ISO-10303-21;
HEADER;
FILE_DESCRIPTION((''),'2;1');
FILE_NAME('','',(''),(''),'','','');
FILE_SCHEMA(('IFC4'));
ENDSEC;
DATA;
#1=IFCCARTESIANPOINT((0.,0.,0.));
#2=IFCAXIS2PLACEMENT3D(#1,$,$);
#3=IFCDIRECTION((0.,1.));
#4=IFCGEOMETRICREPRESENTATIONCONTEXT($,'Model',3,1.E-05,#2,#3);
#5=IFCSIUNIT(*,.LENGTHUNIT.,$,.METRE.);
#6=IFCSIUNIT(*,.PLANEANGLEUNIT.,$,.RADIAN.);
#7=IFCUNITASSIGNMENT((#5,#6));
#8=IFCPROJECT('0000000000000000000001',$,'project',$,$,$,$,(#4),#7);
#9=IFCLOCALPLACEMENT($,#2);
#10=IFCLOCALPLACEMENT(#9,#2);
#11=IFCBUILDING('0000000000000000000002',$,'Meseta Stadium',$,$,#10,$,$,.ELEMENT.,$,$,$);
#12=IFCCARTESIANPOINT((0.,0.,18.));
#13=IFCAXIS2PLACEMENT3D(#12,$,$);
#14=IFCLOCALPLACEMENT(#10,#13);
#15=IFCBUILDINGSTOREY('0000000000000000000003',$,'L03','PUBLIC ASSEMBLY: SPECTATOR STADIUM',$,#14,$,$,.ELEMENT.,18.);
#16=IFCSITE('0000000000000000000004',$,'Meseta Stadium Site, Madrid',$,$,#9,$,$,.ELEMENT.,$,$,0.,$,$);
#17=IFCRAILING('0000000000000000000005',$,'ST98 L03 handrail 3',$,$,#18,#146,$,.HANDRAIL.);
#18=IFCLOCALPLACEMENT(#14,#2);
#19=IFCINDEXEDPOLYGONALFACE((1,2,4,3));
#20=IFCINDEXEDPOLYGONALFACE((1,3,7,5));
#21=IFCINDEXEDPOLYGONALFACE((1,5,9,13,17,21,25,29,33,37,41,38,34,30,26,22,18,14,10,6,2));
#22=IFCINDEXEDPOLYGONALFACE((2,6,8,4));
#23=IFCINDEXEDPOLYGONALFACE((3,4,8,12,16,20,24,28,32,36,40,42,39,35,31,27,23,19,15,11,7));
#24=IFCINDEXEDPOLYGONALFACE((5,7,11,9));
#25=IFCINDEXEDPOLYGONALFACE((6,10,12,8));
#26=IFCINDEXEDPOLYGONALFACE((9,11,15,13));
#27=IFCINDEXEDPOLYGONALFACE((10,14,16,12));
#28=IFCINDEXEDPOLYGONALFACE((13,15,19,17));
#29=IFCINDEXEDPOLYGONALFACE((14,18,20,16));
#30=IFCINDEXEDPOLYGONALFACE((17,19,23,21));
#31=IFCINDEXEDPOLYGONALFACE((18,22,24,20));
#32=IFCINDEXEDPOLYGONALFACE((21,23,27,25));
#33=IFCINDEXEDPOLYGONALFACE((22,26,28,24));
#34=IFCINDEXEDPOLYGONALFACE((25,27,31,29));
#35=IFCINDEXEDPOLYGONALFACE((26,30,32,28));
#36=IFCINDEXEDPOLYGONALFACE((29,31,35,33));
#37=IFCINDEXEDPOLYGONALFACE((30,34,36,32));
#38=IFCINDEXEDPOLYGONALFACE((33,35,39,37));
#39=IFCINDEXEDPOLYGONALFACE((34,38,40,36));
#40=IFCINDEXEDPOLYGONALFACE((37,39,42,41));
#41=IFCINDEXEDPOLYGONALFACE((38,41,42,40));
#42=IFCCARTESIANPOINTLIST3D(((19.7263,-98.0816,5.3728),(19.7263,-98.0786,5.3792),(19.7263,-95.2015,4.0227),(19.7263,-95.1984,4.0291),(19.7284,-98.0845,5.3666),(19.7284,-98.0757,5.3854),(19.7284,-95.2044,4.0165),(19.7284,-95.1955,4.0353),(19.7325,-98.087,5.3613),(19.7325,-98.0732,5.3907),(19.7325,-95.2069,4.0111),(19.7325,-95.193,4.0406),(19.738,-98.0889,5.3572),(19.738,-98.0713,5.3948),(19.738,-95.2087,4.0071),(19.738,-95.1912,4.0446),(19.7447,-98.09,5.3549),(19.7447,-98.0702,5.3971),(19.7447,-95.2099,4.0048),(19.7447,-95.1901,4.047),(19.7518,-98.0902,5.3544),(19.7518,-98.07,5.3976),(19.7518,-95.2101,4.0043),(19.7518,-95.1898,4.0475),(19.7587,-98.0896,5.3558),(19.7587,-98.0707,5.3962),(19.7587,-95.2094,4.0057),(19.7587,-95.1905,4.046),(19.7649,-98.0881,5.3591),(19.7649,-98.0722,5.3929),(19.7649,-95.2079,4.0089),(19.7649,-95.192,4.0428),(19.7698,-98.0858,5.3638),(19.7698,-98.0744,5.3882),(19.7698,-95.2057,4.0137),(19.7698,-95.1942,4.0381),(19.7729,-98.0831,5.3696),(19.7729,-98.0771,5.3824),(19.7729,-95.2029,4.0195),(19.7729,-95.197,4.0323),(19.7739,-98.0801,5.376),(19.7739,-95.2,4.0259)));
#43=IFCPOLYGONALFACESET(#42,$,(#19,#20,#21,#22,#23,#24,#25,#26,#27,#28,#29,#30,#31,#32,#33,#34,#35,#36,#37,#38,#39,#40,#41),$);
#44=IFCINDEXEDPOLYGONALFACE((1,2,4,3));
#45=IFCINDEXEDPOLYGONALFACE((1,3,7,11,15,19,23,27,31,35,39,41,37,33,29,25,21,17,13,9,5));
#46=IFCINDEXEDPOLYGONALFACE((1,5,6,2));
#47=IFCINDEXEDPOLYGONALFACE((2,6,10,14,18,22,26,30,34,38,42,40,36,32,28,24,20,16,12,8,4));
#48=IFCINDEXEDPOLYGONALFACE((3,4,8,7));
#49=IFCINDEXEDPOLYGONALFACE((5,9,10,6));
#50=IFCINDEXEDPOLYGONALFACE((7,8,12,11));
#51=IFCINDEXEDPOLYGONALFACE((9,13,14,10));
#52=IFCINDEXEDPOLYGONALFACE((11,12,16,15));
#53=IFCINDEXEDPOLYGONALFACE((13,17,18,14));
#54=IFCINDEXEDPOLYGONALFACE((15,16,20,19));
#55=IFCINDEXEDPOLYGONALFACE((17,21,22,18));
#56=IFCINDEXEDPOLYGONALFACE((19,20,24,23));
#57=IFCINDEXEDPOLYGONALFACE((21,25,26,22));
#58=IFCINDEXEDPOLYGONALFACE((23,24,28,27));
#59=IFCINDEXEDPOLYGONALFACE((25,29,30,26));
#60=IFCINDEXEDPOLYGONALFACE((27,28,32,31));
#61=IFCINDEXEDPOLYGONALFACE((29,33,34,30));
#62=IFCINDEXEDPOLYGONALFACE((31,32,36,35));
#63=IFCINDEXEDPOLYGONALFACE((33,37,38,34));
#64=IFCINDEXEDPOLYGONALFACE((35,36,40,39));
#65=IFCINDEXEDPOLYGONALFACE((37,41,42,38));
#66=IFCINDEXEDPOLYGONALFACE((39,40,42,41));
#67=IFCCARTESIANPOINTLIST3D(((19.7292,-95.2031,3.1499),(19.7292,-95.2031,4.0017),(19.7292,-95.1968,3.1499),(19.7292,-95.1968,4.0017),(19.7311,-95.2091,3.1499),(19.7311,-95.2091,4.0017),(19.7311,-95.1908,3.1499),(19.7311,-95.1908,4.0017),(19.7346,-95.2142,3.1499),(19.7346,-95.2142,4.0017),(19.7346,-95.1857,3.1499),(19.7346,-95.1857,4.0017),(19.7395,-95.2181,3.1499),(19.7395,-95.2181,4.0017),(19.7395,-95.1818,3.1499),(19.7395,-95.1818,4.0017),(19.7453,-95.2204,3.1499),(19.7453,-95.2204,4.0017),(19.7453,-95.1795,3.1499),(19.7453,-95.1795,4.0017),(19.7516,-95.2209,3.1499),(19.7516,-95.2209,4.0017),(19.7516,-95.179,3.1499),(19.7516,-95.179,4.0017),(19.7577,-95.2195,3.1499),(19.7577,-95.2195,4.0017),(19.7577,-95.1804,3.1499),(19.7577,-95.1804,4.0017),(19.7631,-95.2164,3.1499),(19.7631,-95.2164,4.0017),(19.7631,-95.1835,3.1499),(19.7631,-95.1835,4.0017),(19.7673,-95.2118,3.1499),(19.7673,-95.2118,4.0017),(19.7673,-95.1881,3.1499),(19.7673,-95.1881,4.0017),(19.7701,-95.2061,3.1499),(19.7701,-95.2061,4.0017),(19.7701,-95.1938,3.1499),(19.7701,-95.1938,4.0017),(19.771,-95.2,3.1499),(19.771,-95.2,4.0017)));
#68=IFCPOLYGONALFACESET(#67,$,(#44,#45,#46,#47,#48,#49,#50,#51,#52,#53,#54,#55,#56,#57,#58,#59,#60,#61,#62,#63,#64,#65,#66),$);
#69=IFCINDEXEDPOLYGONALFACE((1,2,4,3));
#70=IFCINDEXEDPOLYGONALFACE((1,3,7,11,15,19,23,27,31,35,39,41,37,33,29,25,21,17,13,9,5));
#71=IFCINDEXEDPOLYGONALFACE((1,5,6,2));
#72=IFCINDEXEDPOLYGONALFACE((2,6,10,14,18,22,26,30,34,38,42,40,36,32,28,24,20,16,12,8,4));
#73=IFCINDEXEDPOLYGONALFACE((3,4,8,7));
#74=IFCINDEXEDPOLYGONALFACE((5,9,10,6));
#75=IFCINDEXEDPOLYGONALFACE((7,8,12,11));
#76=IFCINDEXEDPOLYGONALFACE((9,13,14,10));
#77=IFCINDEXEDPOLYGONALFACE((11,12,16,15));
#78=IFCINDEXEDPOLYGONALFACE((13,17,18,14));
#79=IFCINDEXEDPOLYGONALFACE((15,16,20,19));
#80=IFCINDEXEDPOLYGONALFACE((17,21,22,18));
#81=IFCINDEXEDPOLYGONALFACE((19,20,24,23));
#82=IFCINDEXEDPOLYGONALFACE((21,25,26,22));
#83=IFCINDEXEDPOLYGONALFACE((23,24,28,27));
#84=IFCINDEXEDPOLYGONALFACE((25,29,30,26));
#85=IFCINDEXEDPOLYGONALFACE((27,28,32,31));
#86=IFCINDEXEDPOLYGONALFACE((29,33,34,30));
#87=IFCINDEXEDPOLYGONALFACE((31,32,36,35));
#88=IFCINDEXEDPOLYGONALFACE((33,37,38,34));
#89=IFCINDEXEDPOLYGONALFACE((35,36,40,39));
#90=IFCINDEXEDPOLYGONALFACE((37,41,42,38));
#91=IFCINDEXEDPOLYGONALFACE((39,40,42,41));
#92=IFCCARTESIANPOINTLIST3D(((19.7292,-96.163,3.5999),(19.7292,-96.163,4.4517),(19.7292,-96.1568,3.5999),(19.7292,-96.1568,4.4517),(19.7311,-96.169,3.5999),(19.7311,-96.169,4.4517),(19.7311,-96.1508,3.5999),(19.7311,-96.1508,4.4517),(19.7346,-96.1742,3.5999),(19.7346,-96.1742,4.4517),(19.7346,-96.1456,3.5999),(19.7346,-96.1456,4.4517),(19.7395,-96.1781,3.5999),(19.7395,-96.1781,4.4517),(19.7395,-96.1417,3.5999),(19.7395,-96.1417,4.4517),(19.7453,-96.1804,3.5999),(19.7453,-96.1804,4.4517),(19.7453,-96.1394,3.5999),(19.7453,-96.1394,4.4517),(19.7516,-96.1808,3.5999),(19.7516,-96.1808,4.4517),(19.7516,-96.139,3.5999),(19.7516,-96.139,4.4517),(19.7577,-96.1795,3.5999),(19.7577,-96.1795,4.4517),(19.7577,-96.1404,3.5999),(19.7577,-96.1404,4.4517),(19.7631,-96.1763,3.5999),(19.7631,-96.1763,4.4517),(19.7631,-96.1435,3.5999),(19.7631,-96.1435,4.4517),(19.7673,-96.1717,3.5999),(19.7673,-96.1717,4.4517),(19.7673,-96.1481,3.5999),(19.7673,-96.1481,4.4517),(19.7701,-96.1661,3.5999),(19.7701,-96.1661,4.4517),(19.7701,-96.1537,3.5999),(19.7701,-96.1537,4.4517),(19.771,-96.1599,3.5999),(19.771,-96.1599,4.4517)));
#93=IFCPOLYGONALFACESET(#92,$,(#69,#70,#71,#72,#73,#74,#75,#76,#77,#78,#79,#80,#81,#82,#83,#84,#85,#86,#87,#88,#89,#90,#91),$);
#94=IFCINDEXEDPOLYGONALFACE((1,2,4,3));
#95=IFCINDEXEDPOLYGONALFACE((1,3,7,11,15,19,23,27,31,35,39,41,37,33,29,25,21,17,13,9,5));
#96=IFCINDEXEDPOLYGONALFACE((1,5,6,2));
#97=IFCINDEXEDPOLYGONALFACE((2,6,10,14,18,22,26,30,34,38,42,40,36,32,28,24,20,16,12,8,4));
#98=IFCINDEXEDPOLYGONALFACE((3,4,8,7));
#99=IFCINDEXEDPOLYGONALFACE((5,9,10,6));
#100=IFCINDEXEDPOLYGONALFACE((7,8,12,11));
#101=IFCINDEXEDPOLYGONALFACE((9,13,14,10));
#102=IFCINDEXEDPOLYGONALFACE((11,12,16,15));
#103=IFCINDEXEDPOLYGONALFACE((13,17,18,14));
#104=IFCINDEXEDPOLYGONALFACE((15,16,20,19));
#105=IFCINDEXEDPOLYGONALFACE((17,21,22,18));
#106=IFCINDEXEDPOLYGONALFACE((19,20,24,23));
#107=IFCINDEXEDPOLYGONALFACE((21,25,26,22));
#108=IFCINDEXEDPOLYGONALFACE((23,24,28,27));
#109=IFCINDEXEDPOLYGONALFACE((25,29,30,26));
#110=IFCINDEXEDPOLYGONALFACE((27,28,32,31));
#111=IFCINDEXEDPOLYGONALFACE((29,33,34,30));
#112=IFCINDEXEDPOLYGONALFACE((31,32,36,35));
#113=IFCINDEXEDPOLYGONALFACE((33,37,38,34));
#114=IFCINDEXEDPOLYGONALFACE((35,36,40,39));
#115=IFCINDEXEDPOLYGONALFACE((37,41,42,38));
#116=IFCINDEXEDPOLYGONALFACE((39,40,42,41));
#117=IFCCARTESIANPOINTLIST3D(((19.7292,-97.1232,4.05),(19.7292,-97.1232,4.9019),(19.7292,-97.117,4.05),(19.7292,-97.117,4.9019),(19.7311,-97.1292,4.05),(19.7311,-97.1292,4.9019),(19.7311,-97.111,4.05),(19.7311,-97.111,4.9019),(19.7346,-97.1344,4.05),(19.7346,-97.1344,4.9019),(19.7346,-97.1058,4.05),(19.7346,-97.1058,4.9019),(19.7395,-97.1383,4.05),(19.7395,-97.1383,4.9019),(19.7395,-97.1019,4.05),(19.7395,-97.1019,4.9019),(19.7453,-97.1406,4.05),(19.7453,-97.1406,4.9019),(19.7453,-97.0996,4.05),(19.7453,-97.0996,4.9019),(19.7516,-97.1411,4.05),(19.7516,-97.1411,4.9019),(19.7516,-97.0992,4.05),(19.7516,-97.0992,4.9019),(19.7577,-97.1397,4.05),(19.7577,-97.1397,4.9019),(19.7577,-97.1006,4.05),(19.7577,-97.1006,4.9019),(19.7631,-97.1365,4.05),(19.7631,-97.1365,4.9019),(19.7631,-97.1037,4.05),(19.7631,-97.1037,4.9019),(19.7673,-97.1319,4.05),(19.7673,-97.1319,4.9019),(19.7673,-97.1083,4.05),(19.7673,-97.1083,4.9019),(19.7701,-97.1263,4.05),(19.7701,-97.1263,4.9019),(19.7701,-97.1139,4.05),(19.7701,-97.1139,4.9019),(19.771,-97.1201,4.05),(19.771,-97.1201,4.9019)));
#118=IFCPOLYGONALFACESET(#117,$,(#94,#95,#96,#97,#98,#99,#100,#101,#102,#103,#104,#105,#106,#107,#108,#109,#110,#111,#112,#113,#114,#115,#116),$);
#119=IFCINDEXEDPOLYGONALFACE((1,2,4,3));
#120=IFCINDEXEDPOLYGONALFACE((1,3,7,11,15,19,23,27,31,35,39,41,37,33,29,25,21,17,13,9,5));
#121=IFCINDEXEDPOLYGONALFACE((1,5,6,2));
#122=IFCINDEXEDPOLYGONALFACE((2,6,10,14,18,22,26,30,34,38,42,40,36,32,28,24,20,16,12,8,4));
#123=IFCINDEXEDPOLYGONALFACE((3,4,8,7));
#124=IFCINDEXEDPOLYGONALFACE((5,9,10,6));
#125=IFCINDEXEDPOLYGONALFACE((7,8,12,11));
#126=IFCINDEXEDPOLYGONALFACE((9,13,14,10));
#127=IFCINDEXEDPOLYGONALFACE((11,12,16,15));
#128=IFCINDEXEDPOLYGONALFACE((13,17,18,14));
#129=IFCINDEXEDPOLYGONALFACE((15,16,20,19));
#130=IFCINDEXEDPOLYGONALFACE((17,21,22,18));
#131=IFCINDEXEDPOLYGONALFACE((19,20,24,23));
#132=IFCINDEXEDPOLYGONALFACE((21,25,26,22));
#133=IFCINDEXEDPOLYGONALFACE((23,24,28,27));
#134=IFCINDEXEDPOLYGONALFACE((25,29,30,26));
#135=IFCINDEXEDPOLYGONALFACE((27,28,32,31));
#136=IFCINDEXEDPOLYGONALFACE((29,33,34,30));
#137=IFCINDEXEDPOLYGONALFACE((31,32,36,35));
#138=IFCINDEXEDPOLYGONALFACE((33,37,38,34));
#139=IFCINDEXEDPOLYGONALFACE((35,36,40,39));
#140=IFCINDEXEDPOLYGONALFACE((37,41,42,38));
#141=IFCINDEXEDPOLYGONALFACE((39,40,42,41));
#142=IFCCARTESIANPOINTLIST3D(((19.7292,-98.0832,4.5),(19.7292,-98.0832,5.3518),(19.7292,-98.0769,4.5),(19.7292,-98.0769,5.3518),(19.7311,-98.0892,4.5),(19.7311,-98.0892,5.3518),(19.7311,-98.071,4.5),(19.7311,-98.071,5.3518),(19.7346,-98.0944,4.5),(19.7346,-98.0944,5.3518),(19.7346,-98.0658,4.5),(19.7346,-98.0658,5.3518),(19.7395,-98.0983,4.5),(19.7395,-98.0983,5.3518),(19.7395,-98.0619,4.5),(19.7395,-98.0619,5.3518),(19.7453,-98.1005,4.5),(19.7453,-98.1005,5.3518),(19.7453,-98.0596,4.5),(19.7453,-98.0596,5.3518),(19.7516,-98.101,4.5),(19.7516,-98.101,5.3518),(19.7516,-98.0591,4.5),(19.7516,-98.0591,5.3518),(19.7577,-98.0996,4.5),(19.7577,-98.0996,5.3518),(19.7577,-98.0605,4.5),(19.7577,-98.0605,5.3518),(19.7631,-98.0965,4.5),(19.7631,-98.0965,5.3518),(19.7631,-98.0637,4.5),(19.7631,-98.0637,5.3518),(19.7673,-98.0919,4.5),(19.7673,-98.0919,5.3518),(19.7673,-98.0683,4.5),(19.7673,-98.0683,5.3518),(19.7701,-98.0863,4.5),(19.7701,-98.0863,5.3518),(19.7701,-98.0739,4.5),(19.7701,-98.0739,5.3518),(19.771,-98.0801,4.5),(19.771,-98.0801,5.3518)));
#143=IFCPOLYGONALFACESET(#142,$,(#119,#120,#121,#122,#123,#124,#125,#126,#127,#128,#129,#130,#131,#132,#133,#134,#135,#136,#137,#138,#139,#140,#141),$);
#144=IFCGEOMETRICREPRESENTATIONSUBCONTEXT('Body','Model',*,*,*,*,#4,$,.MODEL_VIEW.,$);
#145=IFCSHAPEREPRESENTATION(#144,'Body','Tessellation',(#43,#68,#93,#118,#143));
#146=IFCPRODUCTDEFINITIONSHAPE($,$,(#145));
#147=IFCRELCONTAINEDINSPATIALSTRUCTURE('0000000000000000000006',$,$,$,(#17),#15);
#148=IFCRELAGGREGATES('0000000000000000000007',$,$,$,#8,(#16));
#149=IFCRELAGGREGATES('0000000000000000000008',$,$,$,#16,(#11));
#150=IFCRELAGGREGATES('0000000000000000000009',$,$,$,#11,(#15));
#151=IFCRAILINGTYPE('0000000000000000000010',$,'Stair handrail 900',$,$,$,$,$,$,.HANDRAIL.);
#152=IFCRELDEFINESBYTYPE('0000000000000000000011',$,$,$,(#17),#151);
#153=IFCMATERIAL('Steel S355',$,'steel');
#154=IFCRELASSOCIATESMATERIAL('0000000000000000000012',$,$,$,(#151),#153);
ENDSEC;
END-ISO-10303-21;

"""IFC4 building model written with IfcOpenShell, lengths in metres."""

from ifc_helpers import new_model, si_unit, direction, frame, origin, origin_2d, place, context, subcontext, project, spatial, circle, extrude, material, type_object, element, save


model = new_model("IFC4")

# Units and contexts
model_context = context("Model", 3, precision=1e-05, world=origin(), true_north=direction((0.0, 1.0)))
body_context = subcontext(model_context, "Body", "Model", "MODEL_VIEW")
ifc_project = project(units=[si_unit("LENGTHUNIT", "METRE"), si_unit("PLANEANGLEUNIT", "RADIAN")], contexts=[model_context])

# Site, building, storey
site_placement = place(None, origin())
site = spatial("IfcSite", under=ifc_project, at=site_placement, Name="Meseta Stadium Site, Madrid", CompositionType="ELEMENT", RefElevation=0.0)
building_placement = place(site_placement, origin())
building = spatial("IfcBuilding", under=site, at=building_placement, Name="Meseta Stadium", CompositionType="ELEMENT")
storey_placement = place(building_placement, frame((0.0, 0.0, 18.0)))
storey = spatial("IfcBuildingStorey", under=building, at=storey_placement, Name="L03", Description="PUBLIC ASSEMBLY: SPECTATOR STADIUM", CompositionType="ELEMENT", Elevation=18.0)

# Railing
ifc_material_1 = material(Name="Steel S355", Category="steel")
railing_type_1 = type_object("IfcRailingType", Name="Stair handrail 900", PredefinedType="HANDRAIL", material=ifc_material_1)
for number, where, name in (
    (1, (19.75, -95.2, 3.1499), "ST98 L03 handrail 3"),
):
    element("IfcRailing", number, at=place(storey_placement, frame(where)), inside=storey, type_object=railing_type_1, Name=name, PredefinedType="HANDRAIL", context=body_context, shape_type="SweptSolid", body=[
        extrude(circle(Radius=0.0239, at=origin_2d()), frame((0.0, 0.0, 0.876), z_axis=(0.0, -0.905454, 0.424444), x_axis=(1.0, 0.0, 0.0)), (0.0, 0.0, 1.0), 3.1809),
        extrude(circle(Radius=0.021, at=origin_2d()), origin(), (0.0, 0.0, 1.0), 0.8518),
        extrude(circle(Radius=0.021, at=origin_2d()), frame((0.0, -0.96, 0.45)), (0.0, 0.0, 1.0), 0.8518),
        extrude(circle(Radius=0.021, at=origin_2d()), frame((0.0, -1.9202, 0.9001)), (0.0, 0.0, 1.0), 0.8518),
        extrude(circle(Radius=0.021, at=origin_2d()), frame((0.0, -2.8801, 1.3501)), (0.0, 0.0, 1.0), 0.8518),
    ])

save(model, "model.ifc")
